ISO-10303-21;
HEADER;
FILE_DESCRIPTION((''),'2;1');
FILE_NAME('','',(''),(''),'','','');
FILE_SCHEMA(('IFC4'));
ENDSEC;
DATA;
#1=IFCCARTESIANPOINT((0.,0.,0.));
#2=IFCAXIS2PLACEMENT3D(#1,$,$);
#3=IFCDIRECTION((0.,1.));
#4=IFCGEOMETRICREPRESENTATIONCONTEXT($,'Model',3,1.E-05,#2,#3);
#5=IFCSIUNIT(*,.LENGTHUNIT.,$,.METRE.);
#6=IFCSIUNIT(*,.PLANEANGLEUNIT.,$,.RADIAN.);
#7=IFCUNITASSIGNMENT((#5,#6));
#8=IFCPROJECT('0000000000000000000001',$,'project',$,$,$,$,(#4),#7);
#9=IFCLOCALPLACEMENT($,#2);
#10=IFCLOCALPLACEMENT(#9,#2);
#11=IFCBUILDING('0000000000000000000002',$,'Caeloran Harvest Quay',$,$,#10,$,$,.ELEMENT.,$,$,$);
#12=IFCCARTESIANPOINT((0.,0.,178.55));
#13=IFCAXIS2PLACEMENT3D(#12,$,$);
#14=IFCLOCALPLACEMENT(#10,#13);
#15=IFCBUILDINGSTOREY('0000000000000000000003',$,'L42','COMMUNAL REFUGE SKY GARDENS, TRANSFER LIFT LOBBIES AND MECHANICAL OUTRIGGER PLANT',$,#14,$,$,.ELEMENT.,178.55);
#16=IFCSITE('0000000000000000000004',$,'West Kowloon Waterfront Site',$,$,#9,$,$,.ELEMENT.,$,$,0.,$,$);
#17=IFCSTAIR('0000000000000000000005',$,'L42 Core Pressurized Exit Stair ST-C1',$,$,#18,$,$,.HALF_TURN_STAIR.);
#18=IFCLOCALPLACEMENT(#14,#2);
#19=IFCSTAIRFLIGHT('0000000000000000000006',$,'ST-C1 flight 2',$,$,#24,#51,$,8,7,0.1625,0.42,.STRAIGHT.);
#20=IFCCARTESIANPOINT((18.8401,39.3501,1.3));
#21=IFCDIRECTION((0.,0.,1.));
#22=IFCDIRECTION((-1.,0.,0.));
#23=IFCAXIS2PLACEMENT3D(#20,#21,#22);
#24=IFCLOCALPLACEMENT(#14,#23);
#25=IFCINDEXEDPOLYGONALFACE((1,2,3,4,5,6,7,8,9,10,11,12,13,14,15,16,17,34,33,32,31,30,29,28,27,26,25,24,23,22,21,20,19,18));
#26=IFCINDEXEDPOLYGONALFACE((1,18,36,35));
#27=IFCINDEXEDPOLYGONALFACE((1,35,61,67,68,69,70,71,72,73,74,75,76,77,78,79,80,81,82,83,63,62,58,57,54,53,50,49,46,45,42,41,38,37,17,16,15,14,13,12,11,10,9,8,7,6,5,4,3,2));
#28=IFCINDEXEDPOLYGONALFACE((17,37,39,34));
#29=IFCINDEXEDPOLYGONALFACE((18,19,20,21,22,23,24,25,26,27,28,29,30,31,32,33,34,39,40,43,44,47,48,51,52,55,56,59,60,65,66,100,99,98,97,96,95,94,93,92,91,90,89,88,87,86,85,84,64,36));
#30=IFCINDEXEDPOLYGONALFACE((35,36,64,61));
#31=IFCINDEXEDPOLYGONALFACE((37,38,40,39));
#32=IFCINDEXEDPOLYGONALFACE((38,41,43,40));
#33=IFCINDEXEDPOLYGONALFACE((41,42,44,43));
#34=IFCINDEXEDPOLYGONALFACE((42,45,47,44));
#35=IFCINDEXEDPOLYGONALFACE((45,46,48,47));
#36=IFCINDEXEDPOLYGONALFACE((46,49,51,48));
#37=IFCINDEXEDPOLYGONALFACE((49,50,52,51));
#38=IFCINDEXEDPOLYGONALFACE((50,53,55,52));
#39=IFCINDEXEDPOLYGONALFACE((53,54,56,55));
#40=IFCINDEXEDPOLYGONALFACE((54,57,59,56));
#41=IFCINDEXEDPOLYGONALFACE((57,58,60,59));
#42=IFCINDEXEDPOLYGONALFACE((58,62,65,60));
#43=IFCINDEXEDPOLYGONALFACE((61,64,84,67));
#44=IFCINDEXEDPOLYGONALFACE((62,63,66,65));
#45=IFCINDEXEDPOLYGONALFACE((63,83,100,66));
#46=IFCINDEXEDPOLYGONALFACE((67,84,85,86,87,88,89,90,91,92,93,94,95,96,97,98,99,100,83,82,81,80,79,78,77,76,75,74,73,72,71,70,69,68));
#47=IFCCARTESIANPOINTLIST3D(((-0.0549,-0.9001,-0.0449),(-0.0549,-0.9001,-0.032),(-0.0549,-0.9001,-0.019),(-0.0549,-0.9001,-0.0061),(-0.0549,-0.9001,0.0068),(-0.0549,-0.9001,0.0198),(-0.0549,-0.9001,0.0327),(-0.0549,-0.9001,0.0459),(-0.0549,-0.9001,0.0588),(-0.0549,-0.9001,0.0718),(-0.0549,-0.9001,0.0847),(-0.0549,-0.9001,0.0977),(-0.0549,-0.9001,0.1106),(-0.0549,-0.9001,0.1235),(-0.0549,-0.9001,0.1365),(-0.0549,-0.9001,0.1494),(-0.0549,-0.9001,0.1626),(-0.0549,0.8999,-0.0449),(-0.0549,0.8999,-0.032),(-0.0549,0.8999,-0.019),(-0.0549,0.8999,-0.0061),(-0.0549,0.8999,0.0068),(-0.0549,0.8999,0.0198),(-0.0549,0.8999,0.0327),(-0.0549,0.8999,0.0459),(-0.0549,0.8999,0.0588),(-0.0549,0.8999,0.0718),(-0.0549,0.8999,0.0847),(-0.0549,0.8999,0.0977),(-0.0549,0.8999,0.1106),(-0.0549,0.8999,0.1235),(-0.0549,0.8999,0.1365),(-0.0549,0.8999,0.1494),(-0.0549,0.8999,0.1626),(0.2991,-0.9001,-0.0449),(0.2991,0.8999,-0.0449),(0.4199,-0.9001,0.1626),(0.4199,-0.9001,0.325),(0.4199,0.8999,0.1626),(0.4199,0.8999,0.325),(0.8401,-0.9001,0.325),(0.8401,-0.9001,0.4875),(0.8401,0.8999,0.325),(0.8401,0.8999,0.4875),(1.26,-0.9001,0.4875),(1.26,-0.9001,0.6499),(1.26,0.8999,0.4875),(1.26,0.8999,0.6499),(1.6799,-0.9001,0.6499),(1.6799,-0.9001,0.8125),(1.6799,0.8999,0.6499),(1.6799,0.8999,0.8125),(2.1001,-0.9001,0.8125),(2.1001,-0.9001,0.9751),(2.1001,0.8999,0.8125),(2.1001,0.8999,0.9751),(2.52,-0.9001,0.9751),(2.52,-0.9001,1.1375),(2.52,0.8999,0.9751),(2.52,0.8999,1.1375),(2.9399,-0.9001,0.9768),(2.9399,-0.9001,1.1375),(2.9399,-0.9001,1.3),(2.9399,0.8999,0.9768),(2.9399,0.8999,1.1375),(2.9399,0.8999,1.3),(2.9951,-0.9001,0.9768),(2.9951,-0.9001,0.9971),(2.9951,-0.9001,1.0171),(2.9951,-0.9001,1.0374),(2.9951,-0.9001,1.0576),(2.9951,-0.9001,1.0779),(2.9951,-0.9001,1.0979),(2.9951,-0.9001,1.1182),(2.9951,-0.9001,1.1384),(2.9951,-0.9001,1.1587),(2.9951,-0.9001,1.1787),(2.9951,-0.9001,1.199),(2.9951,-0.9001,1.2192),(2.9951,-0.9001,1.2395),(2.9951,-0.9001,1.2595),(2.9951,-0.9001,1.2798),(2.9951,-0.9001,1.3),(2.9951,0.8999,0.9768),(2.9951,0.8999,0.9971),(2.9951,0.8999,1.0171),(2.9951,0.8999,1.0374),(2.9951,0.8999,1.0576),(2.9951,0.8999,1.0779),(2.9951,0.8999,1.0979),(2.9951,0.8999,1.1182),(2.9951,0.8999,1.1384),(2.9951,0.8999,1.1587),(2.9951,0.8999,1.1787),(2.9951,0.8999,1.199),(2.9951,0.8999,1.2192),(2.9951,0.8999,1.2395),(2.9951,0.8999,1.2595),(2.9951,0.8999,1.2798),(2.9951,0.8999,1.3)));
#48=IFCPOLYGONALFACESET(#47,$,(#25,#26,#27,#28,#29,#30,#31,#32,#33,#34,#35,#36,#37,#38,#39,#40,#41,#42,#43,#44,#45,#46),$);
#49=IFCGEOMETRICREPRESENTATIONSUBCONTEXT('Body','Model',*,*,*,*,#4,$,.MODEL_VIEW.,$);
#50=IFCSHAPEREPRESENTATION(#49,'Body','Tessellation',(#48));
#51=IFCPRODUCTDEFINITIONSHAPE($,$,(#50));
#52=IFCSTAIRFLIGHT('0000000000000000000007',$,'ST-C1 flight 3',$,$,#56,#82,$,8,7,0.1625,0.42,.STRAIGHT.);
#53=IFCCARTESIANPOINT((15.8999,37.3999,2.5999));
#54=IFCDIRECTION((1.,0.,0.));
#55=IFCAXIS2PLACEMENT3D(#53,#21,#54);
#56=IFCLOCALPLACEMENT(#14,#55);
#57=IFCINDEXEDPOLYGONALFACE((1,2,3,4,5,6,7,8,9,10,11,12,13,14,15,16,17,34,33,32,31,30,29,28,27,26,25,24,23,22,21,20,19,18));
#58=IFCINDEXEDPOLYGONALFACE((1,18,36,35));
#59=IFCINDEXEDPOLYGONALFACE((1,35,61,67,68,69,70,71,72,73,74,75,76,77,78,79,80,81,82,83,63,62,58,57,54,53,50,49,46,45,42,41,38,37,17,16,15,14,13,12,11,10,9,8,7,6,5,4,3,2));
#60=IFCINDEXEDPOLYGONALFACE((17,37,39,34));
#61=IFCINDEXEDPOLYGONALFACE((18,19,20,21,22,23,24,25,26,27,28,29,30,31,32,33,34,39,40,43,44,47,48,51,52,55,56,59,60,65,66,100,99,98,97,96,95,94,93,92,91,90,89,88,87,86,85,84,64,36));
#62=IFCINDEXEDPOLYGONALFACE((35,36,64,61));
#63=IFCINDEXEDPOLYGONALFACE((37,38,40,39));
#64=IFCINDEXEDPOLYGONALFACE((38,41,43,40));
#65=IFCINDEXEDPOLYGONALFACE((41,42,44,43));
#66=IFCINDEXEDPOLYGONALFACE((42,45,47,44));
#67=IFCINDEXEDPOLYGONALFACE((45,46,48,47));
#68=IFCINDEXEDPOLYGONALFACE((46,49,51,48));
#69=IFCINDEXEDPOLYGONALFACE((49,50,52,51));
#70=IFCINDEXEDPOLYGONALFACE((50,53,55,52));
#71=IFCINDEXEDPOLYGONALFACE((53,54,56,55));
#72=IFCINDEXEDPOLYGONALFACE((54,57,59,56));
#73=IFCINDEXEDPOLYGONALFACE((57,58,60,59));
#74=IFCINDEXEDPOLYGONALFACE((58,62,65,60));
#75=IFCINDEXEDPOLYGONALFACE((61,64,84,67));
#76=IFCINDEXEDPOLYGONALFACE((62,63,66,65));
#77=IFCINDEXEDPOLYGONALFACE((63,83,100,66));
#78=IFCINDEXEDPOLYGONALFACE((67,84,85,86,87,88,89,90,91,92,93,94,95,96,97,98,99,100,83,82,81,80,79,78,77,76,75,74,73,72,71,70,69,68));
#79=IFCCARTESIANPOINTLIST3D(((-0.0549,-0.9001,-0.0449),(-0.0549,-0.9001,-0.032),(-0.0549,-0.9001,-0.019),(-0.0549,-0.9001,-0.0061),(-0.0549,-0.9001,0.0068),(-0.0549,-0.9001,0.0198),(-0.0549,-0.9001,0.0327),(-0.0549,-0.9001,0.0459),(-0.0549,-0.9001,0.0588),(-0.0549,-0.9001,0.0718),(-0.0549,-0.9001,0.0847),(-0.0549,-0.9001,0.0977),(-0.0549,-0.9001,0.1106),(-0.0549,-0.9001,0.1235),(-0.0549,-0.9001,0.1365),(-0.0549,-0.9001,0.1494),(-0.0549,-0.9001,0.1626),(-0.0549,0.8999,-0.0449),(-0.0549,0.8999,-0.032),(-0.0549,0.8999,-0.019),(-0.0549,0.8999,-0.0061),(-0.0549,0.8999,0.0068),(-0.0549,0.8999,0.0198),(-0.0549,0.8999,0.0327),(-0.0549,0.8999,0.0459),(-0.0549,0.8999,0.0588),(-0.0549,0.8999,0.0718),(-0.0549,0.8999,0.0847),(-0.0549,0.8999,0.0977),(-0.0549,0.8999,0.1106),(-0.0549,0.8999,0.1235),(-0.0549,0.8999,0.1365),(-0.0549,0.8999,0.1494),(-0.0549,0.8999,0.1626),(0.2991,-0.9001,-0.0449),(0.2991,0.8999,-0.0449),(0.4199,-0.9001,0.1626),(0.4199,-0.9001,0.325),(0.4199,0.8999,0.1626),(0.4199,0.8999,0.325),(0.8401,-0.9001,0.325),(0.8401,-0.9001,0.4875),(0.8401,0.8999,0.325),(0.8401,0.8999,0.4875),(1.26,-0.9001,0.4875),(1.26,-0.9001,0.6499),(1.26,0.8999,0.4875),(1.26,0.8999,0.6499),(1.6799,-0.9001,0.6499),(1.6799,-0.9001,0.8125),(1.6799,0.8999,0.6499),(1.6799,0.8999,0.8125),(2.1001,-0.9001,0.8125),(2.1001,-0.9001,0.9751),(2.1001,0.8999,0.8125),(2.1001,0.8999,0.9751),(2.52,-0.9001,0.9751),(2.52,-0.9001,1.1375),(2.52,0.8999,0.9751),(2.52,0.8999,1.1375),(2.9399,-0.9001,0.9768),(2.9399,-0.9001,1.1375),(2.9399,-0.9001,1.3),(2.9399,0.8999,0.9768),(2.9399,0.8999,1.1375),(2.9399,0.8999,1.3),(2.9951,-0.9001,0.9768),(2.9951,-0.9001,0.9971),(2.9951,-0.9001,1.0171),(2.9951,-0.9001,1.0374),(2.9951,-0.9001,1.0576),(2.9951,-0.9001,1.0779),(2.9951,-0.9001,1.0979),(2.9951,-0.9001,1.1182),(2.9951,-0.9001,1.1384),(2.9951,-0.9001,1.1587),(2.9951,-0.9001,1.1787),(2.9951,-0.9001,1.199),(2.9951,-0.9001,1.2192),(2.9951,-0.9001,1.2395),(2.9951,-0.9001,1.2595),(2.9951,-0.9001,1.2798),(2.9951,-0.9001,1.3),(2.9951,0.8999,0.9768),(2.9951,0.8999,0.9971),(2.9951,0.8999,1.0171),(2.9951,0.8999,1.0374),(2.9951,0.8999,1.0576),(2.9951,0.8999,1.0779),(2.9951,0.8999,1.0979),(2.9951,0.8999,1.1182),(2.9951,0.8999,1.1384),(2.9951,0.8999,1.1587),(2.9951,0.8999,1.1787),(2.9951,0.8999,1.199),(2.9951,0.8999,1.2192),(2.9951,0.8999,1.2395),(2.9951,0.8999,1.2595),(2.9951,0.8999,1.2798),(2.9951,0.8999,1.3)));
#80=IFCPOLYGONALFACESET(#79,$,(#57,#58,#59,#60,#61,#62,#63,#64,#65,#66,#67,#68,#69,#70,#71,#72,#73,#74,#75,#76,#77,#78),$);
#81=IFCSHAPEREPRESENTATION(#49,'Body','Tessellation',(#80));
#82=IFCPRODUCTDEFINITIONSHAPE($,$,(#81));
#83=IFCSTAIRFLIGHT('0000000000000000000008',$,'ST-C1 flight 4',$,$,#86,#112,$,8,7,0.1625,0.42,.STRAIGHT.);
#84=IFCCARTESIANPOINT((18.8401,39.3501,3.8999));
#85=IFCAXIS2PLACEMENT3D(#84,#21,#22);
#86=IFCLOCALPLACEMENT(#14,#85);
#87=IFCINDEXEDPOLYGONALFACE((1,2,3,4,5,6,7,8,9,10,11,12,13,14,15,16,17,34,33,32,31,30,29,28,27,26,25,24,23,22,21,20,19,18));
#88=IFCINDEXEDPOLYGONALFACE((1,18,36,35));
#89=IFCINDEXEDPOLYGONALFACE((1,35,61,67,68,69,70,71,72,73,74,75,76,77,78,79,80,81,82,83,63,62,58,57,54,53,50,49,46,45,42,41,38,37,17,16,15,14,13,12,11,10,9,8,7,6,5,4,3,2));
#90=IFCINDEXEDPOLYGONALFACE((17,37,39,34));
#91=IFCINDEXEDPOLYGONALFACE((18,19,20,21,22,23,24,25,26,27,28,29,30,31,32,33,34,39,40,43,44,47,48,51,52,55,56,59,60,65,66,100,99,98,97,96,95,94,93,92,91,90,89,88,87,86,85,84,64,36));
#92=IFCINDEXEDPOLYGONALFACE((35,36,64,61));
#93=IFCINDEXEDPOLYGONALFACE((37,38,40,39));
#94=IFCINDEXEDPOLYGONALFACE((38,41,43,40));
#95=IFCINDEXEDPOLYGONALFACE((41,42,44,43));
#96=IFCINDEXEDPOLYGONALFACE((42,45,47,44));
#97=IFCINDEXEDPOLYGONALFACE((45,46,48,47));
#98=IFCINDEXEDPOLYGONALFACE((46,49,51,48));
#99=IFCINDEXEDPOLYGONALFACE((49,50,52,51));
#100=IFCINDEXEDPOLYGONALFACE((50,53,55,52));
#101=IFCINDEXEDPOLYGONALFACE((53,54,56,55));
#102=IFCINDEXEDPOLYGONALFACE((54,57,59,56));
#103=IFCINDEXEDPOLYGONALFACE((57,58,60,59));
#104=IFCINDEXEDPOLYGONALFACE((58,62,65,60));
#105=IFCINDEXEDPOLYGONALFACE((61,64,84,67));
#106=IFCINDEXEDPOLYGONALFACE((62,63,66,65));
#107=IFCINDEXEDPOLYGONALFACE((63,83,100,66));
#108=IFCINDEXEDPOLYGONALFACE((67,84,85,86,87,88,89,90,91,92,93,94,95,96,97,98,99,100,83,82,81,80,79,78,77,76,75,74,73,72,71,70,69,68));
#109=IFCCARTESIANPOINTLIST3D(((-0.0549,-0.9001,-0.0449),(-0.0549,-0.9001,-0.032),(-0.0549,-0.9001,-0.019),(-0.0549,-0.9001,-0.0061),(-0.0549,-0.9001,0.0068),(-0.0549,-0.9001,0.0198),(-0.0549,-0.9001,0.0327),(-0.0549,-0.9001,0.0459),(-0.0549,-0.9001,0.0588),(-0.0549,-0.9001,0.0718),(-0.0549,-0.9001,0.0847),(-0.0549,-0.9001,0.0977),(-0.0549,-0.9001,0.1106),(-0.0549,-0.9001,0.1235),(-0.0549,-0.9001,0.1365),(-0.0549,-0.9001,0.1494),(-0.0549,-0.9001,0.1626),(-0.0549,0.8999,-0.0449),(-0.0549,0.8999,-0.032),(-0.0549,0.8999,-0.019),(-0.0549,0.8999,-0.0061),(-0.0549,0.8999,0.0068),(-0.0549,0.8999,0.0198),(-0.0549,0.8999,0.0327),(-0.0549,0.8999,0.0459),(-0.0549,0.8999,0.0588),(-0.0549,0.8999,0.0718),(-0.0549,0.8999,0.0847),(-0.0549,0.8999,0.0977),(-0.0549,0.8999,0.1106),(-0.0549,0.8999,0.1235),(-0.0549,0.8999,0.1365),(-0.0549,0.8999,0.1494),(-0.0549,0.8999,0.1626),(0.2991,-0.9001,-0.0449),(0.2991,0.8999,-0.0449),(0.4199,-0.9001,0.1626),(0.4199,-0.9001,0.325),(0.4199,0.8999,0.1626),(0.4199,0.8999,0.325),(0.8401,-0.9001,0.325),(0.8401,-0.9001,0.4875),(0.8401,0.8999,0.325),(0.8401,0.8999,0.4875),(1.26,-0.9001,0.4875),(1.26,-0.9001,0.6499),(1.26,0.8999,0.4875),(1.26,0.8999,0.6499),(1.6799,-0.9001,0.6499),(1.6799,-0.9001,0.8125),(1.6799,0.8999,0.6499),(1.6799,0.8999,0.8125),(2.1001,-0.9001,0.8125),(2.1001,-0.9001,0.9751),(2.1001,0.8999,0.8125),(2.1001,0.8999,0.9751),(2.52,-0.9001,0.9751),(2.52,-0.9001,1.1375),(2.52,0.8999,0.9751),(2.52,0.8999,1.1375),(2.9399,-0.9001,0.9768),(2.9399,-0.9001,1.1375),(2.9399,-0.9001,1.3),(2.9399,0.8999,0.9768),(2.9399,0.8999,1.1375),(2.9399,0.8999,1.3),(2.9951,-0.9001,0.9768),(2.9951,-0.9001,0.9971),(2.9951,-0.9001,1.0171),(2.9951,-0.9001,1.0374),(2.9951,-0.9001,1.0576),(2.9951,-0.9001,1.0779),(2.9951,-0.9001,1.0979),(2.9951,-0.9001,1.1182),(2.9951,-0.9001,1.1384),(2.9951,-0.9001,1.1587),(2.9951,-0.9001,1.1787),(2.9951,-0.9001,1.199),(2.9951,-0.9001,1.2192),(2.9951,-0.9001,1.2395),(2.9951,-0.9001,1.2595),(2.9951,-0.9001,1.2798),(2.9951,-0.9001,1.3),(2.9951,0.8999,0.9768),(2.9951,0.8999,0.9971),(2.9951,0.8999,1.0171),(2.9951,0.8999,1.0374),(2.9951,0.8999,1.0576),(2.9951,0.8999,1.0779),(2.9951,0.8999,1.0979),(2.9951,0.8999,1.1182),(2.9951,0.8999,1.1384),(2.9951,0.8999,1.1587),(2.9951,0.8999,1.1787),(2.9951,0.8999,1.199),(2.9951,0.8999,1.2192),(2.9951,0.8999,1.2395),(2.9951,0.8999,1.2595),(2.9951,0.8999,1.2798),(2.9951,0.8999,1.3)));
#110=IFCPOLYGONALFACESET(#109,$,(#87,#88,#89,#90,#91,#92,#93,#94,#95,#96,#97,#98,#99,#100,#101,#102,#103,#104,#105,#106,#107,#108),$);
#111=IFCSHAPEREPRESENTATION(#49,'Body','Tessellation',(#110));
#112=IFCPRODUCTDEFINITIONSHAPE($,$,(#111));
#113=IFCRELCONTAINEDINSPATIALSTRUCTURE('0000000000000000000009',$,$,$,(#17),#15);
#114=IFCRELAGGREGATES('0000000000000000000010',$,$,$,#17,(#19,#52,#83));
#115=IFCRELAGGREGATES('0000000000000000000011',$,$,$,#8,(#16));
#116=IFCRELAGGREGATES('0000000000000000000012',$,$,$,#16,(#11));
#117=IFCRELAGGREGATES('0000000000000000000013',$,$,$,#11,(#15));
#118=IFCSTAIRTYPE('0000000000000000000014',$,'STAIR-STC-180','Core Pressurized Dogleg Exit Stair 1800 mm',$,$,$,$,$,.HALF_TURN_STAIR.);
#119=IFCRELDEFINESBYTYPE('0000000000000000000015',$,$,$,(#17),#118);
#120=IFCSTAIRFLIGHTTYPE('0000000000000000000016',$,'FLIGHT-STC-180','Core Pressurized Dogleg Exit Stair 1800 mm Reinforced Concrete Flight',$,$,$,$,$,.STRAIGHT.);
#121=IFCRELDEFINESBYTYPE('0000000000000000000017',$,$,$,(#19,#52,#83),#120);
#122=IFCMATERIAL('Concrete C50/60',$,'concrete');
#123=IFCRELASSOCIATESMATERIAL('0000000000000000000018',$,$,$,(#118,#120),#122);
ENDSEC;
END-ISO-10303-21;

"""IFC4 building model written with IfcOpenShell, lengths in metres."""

from ifc_helpers import new_model, si_unit, direction, frame, origin, place, context, subcontext, project, spatial, polyline, outline, extrude, material, type_object, element, aggregate, save


model = new_model("IFC4")

# Units and contexts
model_context = context("Model", 3, precision=1e-05, world=origin(), true_north=direction((0.0, 1.0)))
body_context = subcontext(model_context, "Body", "Model", "MODEL_VIEW")
ifc_project = project(units=[si_unit("LENGTHUNIT", "METRE"), si_unit("PLANEANGLEUNIT", "RADIAN")], contexts=[model_context])

# Site, building, storey
site_placement = place(None, origin())
site = spatial("IfcSite", under=ifc_project, at=site_placement, Name="West Kowloon Waterfront Site", CompositionType="ELEMENT", RefElevation=0.0)
building_placement = place(site_placement, origin())
building = spatial("IfcBuilding", under=site, at=building_placement, Name="Caeloran Harvest Quay", CompositionType="ELEMENT")
storey_placement = place(building_placement, frame((0.0, 0.0, 178.55)))
storey = spatial("IfcBuildingStorey", under=building, at=storey_placement, Name="L42", Description="COMMUNAL REFUGE SKY GARDENS, TRANSFER LIFT LOBBIES AND MECHANICAL OUTRIGGER PLANT", CompositionType="ELEMENT", Elevation=178.55)

# Shared definitions
ifc_material_1 = material(Name="Concrete C50/60", Category="concrete")

# Stair, stair flights
stair_type = type_object("IfcStairType", Name="STAIR-STC-180", Description="Core Pressurized Dogleg Exit Stair 1800 mm", PredefinedType="HALF_TURN_STAIR", material=ifc_material_1)
stair_1_placement = place(storey_placement, origin())
stair_1 = element("IfcStair", 1, at=stair_1_placement, inside=storey, type_object=stair_type, Name="L42 Core Pressurized Exit Stair ST-C1", PredefinedType="HALF_TURN_STAIR")
stair_flight_type = type_object("IfcStairFlightType", Name="FLIGHT-STC-180", Description="Core Pressurized Dogleg Exit Stair 1800 mm Reinforced Concrete Flight", PredefinedType="STRAIGHT", material=ifc_material_1)
stair_flight_1_placement = place(storey_placement, frame((18.8401, 39.3501, 1.3), z_axis=(0.0, 0.0, 1.0), x_axis=(-1.0, 0.0, 0.0)))
stair_flight_1 = element("IfcStairFlight", 2, at=stair_flight_1_placement, type_object=stair_flight_type, Name="ST-C1 flight 2", NumberOfRisers=8, NumberOfTreads=7, PredefinedType="STRAIGHT", RiserHeight=0.1625, TreadLength=0.42, context=body_context, shape_type="SweptSolid", body=[
    extrude(outline(polyline([(-0.0549, -0.0449), (-0.0549, -0.032), (-0.0549, -0.019), (-0.0549, -0.0061), (-0.0549, 0.0068), (-0.0549, 0.0198), (-0.0549, 0.0327), (-0.0549, 0.0459), (-0.0549, 0.0588), (-0.0549, 0.0718), (-0.0549, 0.0847), (-0.0549, 0.0977), (-0.0549, 0.1106), (-0.0549, 0.1235), (-0.0549, 0.1365), (-0.0549, 0.1494), (-0.0549, 0.1626), (0.4199, 0.1626), (0.4199, 0.325), (0.8401, 0.325), (0.8401, 0.4875), (1.26, 0.4875), (1.26, 0.6499), (1.6799, 0.6499), (1.6799, 0.8125), (2.1001, 0.8125), (2.1001, 0.9751), (2.52, 0.9751), (2.52, 1.1375), (2.9399, 1.1375), (2.9399, 1.3), (2.9951, 1.3), (2.9951, 1.2798), (2.9951, 1.2595), (2.9951, 1.2395), (2.9951, 1.2192), (2.9951, 1.199), (2.9951, 1.1787), (2.9951, 1.1587), (2.9951, 1.1384), (2.9951, 1.1182), (2.9951, 1.0979), (2.9951, 1.0779), (2.9951, 1.0576), (2.9951, 1.0374), (2.9951, 1.0171), (2.9951, 0.9971), (2.9951, 0.9768), (2.9399, 0.9768), (0.2991, -0.0449), (-0.0549, -0.0449)])), frame((0.0, 0.8999, 0.0), z_axis=(0.0, -1.0, 0.0), x_axis=(1.0, 0.0, 0.0)), (0.0, 0.0, 1.0), 1.8),
])
stair_flight_2_placement = place(storey_placement, frame((15.8999, 37.3999, 2.5999), z_axis=(0.0, 0.0, 1.0), x_axis=(1.0, 0.0, 0.0)))
stair_flight_2 = element("IfcStairFlight", 3, at=stair_flight_2_placement, type_object=stair_flight_type, Name="ST-C1 flight 3", NumberOfRisers=8, NumberOfTreads=7, PredefinedType="STRAIGHT", RiserHeight=0.1625, TreadLength=0.42, context=body_context, shape_type="SweptSolid", body=[
    extrude(outline(polyline([(-0.0549, -0.0449), (-0.0549, -0.032), (-0.0549, -0.019), (-0.0549, -0.0061), (-0.0549, 0.0068), (-0.0549, 0.0198), (-0.0549, 0.0327), (-0.0549, 0.0459), (-0.0549, 0.0588), (-0.0549, 0.0718), (-0.0549, 0.0847), (-0.0549, 0.0977), (-0.0549, 0.1106), (-0.0549, 0.1235), (-0.0549, 0.1365), (-0.0549, 0.1494), (-0.0549, 0.1626), (0.4199, 0.1626), (0.4199, 0.325), (0.8401, 0.325), (0.8401, 0.4875), (1.26, 0.4875), (1.26, 0.6499), (1.6799, 0.6499), (1.6799, 0.8125), (2.1001, 0.8125), (2.1001, 0.9751), (2.52, 0.9751), (2.52, 1.1375), (2.9399, 1.1375), (2.9399, 1.3), (2.9951, 1.3), (2.9951, 1.2798), (2.9951, 1.2595), (2.9951, 1.2395), (2.9951, 1.2192), (2.9951, 1.199), (2.9951, 1.1787), (2.9951, 1.1587), (2.9951, 1.1384), (2.9951, 1.1182), (2.9951, 1.0979), (2.9951, 1.0779), (2.9951, 1.0576), (2.9951, 1.0374), (2.9951, 1.0171), (2.9951, 0.9971), (2.9951, 0.9768), (2.9399, 0.9768), (0.2991, -0.0449), (-0.0549, -0.0449)])), frame((0.0, 0.8999, 0.0), z_axis=(0.0, -1.0, 0.0), x_axis=(1.0, 0.0, 0.0)), (0.0, 0.0, 1.0), 1.8),
])
stair_flight_3_placement = place(storey_placement, frame((18.8401, 39.3501, 3.8999), z_axis=(0.0, 0.0, 1.0), x_axis=(-1.0, 0.0, 0.0)))
stair_flight_3 = element("IfcStairFlight", 4, at=stair_flight_3_placement, type_object=stair_flight_type, Name="ST-C1 flight 4", NumberOfRisers=8, NumberOfTreads=7, PredefinedType="STRAIGHT", RiserHeight=0.1625, TreadLength=0.42, context=body_context, shape_type="SweptSolid", body=[
    extrude(outline(polyline([(-0.0549, -0.0449), (-0.0549, -0.032), (-0.0549, -0.019), (-0.0549, -0.0061), (-0.0549, 0.0068), (-0.0549, 0.0198), (-0.0549, 0.0327), (-0.0549, 0.0459), (-0.0549, 0.0588), (-0.0549, 0.0718), (-0.0549, 0.0847), (-0.0549, 0.0977), (-0.0549, 0.1106), (-0.0549, 0.1235), (-0.0549, 0.1365), (-0.0549, 0.1494), (-0.0549, 0.1626), (0.4199, 0.1626), (0.4199, 0.325), (0.8401, 0.325), (0.8401, 0.4875), (1.26, 0.4875), (1.26, 0.6499), (1.6799, 0.6499), (1.6799, 0.8125), (2.1001, 0.8125), (2.1001, 0.9751), (2.52, 0.9751), (2.52, 1.1375), (2.9399, 1.1375), (2.9399, 1.3), (2.9951, 1.3), (2.9951, 1.2798), (2.9951, 1.2595), (2.9951, 1.2395), (2.9951, 1.2192), (2.9951, 1.199), (2.9951, 1.1787), (2.9951, 1.1587), (2.9951, 1.1384), (2.9951, 1.1182), (2.9951, 1.0979), (2.9951, 1.0779), (2.9951, 1.0576), (2.9951, 1.0374), (2.9951, 1.0171), (2.9951, 0.9971), (2.9951, 0.9768), (2.9399, 0.9768), (0.2991, -0.0449), (-0.0549, -0.0449)])), frame((0.0, 0.8999, 0.0), z_axis=(0.0, -1.0, 0.0), x_axis=(1.0, 0.0, 0.0)), (0.0, 0.0, 1.0), 1.8),
])
aggregate(stair_1, [stair_flight_1, stair_flight_2, stair_flight_3])

save(model, "model.ifc")
